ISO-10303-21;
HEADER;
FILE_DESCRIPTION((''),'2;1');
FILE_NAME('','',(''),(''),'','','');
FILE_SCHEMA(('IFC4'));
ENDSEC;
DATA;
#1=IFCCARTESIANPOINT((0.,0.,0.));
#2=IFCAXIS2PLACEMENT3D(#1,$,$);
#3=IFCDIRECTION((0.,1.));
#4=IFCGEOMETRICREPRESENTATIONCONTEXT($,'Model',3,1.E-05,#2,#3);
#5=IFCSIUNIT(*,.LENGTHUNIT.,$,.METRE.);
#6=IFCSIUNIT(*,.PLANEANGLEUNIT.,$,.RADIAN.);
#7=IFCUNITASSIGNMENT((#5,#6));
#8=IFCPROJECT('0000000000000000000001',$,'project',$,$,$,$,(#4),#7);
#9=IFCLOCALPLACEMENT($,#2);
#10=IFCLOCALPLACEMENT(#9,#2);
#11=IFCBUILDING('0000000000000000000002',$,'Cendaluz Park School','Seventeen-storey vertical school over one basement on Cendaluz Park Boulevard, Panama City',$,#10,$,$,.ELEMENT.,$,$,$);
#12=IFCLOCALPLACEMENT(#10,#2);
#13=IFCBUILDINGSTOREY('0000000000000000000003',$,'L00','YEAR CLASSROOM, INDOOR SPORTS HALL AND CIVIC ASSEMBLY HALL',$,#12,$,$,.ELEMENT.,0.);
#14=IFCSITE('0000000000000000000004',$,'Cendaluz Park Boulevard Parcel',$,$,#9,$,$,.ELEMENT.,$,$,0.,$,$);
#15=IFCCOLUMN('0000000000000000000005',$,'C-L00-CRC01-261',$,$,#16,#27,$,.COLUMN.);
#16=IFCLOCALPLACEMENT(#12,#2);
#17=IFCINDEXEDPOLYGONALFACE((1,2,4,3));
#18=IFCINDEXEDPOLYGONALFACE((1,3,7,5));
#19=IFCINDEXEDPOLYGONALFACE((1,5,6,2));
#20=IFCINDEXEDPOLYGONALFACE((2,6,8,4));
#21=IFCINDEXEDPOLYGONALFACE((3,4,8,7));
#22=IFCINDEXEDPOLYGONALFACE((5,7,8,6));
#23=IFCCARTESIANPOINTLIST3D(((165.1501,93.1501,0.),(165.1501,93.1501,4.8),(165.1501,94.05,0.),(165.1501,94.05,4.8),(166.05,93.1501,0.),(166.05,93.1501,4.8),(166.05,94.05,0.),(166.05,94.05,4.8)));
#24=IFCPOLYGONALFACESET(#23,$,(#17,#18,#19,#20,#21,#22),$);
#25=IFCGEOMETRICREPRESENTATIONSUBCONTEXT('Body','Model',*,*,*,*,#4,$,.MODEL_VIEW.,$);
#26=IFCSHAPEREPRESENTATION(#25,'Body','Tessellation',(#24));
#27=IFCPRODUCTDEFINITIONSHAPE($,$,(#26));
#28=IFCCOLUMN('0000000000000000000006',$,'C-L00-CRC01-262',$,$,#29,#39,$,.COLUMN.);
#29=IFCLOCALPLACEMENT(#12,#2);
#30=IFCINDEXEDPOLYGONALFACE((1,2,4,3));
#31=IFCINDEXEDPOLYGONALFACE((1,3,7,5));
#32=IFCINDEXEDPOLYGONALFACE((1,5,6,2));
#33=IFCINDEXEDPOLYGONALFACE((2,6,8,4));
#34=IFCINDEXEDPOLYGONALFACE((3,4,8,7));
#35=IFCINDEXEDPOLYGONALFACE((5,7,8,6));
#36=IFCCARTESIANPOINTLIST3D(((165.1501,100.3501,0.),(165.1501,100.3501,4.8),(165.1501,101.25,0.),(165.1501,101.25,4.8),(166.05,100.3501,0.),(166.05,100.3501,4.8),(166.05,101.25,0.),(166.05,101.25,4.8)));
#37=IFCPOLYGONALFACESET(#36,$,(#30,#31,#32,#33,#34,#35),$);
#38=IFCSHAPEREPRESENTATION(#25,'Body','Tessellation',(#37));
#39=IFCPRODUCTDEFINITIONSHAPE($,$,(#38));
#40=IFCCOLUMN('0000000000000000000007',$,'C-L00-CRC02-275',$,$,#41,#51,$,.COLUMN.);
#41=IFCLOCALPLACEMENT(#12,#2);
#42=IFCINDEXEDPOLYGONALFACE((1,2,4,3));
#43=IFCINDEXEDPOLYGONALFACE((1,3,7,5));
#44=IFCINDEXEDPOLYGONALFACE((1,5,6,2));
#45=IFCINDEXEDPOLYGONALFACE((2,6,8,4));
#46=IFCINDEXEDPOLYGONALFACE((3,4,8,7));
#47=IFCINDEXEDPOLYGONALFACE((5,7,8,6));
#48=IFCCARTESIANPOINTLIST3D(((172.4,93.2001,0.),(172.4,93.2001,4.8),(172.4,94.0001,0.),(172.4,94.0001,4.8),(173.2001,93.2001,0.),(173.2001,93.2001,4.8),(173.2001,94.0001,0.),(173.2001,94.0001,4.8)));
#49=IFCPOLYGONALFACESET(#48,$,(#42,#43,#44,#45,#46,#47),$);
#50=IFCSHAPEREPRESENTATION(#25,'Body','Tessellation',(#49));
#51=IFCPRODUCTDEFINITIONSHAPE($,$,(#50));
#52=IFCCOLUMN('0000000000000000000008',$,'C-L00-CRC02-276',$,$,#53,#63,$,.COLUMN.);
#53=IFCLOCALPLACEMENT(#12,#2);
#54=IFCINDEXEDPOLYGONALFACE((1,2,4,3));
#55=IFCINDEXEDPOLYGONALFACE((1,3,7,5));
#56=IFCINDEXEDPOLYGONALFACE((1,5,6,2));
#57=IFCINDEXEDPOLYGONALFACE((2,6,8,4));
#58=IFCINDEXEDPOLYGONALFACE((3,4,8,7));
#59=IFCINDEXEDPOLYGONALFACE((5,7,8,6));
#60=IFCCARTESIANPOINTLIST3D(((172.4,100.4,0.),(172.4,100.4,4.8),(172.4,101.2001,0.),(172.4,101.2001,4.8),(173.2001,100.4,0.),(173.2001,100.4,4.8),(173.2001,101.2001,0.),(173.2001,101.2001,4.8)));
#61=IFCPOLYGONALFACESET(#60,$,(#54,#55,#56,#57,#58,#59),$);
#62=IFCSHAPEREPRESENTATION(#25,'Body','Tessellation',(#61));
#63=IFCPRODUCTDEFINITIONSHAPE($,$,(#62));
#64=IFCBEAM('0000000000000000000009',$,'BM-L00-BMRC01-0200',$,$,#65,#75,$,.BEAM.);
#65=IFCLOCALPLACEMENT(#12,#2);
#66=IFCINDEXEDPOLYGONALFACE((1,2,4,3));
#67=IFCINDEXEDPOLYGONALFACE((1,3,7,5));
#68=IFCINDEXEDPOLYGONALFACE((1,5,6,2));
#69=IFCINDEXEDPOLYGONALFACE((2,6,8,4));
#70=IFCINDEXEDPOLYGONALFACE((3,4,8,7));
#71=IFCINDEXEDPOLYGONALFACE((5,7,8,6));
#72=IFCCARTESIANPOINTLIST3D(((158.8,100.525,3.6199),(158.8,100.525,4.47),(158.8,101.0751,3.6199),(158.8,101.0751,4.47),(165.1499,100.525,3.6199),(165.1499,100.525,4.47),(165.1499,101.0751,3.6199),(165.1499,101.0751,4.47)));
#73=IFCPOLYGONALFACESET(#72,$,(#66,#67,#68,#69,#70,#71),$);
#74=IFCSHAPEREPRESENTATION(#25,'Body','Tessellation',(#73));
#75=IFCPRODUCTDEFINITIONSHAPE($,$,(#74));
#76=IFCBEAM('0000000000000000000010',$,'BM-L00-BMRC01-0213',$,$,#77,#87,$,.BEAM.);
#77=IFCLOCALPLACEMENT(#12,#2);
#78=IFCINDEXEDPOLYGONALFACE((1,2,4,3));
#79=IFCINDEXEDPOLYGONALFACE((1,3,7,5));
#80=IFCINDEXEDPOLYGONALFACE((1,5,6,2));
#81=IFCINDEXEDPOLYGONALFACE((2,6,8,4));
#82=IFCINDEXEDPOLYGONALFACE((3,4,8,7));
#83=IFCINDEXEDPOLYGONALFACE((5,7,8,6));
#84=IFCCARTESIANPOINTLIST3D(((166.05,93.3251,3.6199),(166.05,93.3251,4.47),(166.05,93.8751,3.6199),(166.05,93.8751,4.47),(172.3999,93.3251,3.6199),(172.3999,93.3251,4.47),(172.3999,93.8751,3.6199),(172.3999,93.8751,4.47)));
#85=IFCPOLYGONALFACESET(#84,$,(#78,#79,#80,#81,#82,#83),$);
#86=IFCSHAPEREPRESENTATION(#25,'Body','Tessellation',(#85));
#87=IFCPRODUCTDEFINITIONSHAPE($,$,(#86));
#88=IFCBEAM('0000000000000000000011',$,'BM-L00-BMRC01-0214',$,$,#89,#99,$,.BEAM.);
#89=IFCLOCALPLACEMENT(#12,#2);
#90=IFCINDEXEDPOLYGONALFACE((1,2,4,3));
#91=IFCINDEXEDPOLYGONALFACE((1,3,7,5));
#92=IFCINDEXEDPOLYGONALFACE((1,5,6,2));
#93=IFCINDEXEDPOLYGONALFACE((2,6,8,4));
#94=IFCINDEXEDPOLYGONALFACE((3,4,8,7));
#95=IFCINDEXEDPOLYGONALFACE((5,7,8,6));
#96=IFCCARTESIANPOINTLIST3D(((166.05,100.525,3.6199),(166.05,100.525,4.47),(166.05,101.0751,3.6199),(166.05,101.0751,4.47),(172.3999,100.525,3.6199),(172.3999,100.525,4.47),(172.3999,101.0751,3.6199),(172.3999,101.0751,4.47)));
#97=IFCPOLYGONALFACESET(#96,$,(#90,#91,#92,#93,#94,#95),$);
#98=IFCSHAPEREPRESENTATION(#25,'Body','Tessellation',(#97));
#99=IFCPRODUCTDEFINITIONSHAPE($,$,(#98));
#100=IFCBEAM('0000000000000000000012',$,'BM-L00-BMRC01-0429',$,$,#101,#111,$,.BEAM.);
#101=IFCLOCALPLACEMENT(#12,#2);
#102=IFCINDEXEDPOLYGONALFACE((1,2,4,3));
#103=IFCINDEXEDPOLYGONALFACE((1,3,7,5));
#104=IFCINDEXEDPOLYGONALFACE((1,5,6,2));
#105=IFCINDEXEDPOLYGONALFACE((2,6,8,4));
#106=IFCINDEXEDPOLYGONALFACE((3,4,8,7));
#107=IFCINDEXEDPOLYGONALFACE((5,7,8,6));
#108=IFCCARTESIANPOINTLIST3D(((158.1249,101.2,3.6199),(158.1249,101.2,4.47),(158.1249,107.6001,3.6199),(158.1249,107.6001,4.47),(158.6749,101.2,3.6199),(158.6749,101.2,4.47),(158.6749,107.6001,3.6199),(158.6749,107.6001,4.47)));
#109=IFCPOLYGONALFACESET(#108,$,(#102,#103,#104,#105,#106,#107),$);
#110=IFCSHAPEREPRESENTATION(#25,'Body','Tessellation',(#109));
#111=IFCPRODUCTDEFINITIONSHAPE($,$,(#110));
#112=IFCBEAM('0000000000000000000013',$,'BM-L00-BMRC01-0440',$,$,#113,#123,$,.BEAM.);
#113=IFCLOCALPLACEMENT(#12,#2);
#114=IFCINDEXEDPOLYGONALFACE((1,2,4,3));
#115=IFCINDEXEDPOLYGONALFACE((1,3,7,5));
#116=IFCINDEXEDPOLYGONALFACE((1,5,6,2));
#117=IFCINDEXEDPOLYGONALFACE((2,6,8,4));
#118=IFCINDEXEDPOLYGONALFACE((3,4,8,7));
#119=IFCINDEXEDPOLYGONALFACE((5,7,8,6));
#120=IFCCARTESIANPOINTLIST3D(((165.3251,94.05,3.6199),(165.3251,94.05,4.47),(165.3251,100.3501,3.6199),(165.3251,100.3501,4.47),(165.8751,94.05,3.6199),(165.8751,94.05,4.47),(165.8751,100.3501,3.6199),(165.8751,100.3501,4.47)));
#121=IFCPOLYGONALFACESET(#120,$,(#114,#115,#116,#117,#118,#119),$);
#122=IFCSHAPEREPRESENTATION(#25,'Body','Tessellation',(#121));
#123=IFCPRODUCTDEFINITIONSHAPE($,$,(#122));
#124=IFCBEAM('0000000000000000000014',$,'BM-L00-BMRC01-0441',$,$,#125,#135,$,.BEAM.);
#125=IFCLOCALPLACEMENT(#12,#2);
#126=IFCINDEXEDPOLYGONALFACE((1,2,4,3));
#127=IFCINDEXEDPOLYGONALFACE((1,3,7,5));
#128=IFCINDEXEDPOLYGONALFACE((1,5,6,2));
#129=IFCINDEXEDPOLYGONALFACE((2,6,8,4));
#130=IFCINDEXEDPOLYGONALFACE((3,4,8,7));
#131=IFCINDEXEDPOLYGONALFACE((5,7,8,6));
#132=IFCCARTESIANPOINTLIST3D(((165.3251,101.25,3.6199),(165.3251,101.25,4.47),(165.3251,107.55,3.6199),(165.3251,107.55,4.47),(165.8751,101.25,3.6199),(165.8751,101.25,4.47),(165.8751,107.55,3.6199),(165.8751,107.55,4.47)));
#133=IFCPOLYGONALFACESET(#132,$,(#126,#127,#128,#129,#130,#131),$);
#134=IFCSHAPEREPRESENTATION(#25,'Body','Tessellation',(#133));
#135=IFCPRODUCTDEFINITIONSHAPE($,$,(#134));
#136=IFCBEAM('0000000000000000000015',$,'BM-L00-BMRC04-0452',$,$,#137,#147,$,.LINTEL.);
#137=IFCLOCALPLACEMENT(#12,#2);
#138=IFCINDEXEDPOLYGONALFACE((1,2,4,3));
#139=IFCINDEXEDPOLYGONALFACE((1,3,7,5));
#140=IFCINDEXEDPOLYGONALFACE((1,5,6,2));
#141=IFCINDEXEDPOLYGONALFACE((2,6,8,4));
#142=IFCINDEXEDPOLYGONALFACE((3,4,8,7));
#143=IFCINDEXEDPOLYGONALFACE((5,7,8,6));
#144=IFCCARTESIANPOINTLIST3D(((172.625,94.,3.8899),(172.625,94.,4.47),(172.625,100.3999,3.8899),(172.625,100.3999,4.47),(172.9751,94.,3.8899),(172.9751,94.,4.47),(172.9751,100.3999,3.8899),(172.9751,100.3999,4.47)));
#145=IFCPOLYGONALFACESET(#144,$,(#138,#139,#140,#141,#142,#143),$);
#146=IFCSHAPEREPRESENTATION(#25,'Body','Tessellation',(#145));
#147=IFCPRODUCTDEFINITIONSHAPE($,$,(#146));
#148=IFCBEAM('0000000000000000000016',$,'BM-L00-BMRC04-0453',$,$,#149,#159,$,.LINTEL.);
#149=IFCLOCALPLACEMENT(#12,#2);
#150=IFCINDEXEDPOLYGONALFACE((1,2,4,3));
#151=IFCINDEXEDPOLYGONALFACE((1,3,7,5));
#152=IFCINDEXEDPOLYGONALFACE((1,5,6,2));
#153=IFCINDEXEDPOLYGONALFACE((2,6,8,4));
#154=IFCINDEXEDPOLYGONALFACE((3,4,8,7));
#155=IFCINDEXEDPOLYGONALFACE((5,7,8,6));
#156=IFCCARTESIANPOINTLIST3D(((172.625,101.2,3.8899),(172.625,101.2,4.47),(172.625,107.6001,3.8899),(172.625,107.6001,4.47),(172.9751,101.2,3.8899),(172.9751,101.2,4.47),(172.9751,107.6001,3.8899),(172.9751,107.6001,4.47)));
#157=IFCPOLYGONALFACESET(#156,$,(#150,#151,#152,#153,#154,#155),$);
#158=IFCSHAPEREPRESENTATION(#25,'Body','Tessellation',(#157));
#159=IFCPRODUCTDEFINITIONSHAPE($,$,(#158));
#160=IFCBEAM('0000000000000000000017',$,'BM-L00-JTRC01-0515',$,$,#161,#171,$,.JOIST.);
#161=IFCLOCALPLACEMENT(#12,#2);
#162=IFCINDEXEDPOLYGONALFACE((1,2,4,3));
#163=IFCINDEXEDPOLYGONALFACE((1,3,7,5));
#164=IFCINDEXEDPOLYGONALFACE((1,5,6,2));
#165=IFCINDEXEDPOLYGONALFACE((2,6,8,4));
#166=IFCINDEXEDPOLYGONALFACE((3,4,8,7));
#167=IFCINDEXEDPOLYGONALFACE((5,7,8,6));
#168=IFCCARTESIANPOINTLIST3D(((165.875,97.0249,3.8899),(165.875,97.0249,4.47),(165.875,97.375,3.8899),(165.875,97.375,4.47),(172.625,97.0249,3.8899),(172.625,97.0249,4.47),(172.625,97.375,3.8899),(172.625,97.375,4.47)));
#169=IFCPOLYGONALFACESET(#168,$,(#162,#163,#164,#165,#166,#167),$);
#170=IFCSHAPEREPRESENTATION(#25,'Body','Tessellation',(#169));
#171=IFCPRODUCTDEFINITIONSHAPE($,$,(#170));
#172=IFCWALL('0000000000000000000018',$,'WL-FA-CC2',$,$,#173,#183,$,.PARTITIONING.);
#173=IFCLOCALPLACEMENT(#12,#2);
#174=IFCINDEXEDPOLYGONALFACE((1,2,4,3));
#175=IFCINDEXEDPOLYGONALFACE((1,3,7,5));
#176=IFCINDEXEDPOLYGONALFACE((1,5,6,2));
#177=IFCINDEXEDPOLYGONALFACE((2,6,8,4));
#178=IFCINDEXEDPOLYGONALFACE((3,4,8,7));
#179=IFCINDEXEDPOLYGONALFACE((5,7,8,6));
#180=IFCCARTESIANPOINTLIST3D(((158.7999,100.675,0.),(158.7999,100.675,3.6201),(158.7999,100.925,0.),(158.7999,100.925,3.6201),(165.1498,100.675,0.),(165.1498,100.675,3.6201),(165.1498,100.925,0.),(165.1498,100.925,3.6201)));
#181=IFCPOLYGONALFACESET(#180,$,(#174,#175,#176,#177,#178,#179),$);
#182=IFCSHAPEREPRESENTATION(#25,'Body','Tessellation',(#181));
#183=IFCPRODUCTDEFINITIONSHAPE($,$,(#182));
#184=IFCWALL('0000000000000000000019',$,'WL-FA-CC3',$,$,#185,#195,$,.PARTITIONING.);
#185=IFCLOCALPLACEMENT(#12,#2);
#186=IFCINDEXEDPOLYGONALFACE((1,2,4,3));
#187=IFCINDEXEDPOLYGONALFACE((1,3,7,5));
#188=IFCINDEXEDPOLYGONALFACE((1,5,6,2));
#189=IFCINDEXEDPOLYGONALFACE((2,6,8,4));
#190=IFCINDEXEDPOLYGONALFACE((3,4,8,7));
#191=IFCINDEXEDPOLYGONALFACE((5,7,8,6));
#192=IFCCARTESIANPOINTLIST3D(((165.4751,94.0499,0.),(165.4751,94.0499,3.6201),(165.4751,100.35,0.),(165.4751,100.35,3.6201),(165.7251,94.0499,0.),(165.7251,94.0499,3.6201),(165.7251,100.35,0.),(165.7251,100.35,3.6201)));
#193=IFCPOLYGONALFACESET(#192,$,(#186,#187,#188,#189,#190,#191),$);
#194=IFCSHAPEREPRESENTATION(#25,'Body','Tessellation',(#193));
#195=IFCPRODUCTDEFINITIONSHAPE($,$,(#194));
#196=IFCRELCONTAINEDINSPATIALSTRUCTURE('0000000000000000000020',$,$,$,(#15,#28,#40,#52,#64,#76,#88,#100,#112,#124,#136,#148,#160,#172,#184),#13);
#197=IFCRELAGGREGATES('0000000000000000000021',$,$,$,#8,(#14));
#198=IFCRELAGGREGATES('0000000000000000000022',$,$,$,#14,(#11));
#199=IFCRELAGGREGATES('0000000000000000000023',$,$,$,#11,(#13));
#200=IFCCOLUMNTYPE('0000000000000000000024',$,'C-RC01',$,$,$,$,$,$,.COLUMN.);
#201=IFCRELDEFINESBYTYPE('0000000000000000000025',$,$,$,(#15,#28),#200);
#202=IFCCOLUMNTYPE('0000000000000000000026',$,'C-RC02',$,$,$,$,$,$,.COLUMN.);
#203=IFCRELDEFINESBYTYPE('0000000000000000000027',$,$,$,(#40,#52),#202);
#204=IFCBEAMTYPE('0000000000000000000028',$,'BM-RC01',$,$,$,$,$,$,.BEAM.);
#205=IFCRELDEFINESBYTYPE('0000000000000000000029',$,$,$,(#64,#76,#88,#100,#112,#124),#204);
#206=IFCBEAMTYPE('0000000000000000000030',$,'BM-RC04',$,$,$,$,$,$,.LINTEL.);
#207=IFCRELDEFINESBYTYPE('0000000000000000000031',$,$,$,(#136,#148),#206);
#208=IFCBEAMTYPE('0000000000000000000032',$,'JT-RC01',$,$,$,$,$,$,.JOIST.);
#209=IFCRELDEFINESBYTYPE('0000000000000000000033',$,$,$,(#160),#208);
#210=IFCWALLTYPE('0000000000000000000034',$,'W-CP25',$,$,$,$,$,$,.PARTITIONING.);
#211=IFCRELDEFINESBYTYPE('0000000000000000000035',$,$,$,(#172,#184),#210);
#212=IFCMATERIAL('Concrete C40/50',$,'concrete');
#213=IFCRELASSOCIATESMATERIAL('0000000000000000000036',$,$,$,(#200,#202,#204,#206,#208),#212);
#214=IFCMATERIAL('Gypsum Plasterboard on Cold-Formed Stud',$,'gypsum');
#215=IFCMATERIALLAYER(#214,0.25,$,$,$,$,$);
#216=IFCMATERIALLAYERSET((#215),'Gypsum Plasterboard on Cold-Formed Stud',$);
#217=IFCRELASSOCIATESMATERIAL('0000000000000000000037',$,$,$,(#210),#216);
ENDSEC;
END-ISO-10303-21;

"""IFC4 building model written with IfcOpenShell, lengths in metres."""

from ifc_helpers import new_model, si_unit, direction, frame, frame_2d, origin, origin_2d, place, context, subcontext, project, spatial, rectangle, extrude, material, layer, layer_set, material_profile, profile_set, type_object, element, save


model = new_model("IFC4")

# Units and contexts
model_context = context("Model", 3, precision=1e-05, world=origin(), true_north=direction((0.0, 1.0)))
body_context = subcontext(model_context, "Body", "Model", "MODEL_VIEW")
ifc_project = project(units=[si_unit("LENGTHUNIT", "METRE"), si_unit("PLANEANGLEUNIT", "RADIAN")], contexts=[model_context])

# Site, building, storey
site_placement = place(None, origin())
site = spatial("IfcSite", under=ifc_project, at=site_placement, Name="Cendaluz Park Boulevard Parcel", CompositionType="ELEMENT", RefElevation=0.0)
building_placement = place(site_placement, origin())
building = spatial("IfcBuilding", under=site, at=building_placement, Name="Cendaluz Park School", Description="Seventeen-storey vertical school over one basement on Cendaluz Park Boulevard, Panama City", CompositionType="ELEMENT")
storey_placement = place(building_placement, origin())
storey = spatial("IfcBuildingStorey", under=building, at=storey_placement, Name="L00", Description="YEAR CLASSROOM, INDOOR SPORTS HALL AND CIVIC ASSEMBLY HALL", CompositionType="ELEMENT", Elevation=0.0)

# Columns
ifc_material_1 = material(Name="Concrete C40/50", Category="concrete")
ifc_material_profile_1 = material_profile(ifc_material_1, rectangle(XDim=0.8999, YDim=0.8999, at=origin_2d()), Name="RC 900x900", Category="concrete")
ifc_profile_set_1 = profile_set([ifc_material_profile_1], Name="Concrete C40/50")
column_type_1 = type_object("IfcColumnType", Name="C-RC01", PredefinedType="COLUMN", material=ifc_profile_set_1)
for number, where, z_axis, x_axis, name in (
    (1, (165.6001, 93.6001, 0.0), (0.0, 0.0, 1.0), (1.0, 0.0, 0.0), "C-L00-CRC01-261"),
    (2, (165.6001, 100.8, 0.0), (0.0, 0.0, 1.0), (1.0, 0.0, 0.0), "C-L00-CRC01-262"),
):
    element("IfcColumn", number, at=place(storey_placement, frame(where, z_axis=z_axis, x_axis=x_axis)), inside=storey, type_object=column_type_1, Name=name, PredefinedType="COLUMN", context=body_context, shape_type="SweptSolid", body=[
        extrude(rectangle(XDim=0.8999, YDim=0.8999, at=origin_2d()), origin(), (0.0, 0.0, 1.0), 4.8),
    ])
ifc_material_profile_2 = material_profile(ifc_material_1, rectangle(XDim=0.8, YDim=0.8, at=origin_2d()), Name="RC 800x800", Category="concrete")
ifc_profile_set_2 = profile_set([ifc_material_profile_2], Name="Concrete C40/50")
column_type_2 = type_object("IfcColumnType", Name="C-RC02", PredefinedType="COLUMN", material=ifc_profile_set_2)
for number, where, z_axis, x_axis, name in (
    (3, (172.8, 93.6001, 0.0), (0.0, 0.0, 1.0), (1.0, 0.0, 0.0), "C-L00-CRC02-275"),
    (4, (172.8, 100.8, 0.0), (0.0, 0.0, 1.0), (1.0, 0.0, 0.0), "C-L00-CRC02-276"),
):
    element("IfcColumn", number, at=place(storey_placement, frame(where, z_axis=z_axis, x_axis=x_axis)), inside=storey, type_object=column_type_2, Name=name, PredefinedType="COLUMN", context=body_context, shape_type="SweptSolid", body=[
        extrude(rectangle(XDim=0.8, YDim=0.8, at=origin_2d()), origin(), (0.0, 0.0, 1.0), 4.8),
    ])

# Beams
ifc_material_profile_3 = material_profile(ifc_material_1, rectangle(XDim=0.55, YDim=0.8501, at=origin_2d()), Name="RC 550x850", Category="concrete")
ifc_profile_set_3 = profile_set([ifc_material_profile_3], Name="Concrete C40/50")
beam_type_1 = type_object("IfcBeamType", Name="BM-RC01", PredefinedType="BEAM", material=ifc_profile_set_3)
for number, where, z_axis, x_axis, name in (
    (5, (158.8, 100.8, 4.0449), (1.0, 0.0, 0.0), (0.0, 1.0, 0.0), "BM-L00-BMRC01-0200"),
    (6, (166.05, 93.6001, 4.0449), (1.0, 0.0, 0.0), (0.0, 1.0, 0.0), "BM-L00-BMRC01-0213"),
    (7, (166.05, 100.8, 4.0449), (1.0, 0.0, 0.0), (0.0, 1.0, 0.0), "BM-L00-BMRC01-0214"),
):
    element("IfcBeam", number, at=place(storey_placement, frame(where, z_axis=z_axis, x_axis=x_axis)), inside=storey, type_object=beam_type_1, Name=name, PredefinedType="BEAM", context=body_context, shape_type="SweptSolid", body=[
        extrude(rectangle(XDim=0.55, YDim=0.8501, at=origin_2d()), origin(), (0.0, 0.0, 1.0), 6.3499),
    ])
beam_1_placement = place(storey_placement, frame((158.3999, 101.2, 4.0449), z_axis=(0.0, 1.0, 0.0), x_axis=(-1.0, 0.0, 0.0)))
element("IfcBeam", 8, at=beam_1_placement, inside=storey, type_object=beam_type_1, Name="BM-L00-BMRC01-0429", PredefinedType="BEAM", context=body_context, shape_type="SweptSolid", body=[
    extrude(rectangle(XDim=0.55, YDim=0.8501, at=origin_2d()), origin(), (0.0, 0.0, 1.0), 6.4001),
])
for number, where, z_axis, x_axis, name in (
    (9, (165.6001, 94.05, 4.0449), (0.0, 1.0, 0.0), (-1.0, 0.0, 0.0), "BM-L00-BMRC01-0440"),
    (10, (165.6001, 101.25, 4.0449), (0.0, 1.0, 0.0), (-1.0, 0.0, 0.0), "BM-L00-BMRC01-0441"),
):
    element("IfcBeam", number, at=place(storey_placement, frame(where, z_axis=z_axis, x_axis=x_axis)), inside=storey, type_object=beam_type_1, Name=name, PredefinedType="BEAM", context=body_context, shape_type="SweptSolid", body=[
        extrude(rectangle(XDim=0.55, YDim=0.8501, at=origin_2d()), origin(), (0.0, 0.0, 1.0), 6.3),
    ])
ifc_material_profile_4 = material_profile(ifc_material_1, rectangle(XDim=0.3501, YDim=0.5801, at=origin_2d()), Name="RC 350x580", Category="concrete")
ifc_profile_set_4 = profile_set([ifc_material_profile_4], Name="Concrete C40/50")
beam_type_2 = type_object("IfcBeamType", Name="BM-RC04", PredefinedType="LINTEL", material=ifc_profile_set_4)
beam_2_placement = place(storey_placement, frame((172.8, 94.0, 4.1799), z_axis=(0.0, 1.0, 0.0), x_axis=(-1.0, 0.0, 0.0)))
element("IfcBeam", 11, at=beam_2_placement, inside=storey, type_object=beam_type_2, Name="BM-L00-BMRC04-0452", PredefinedType="LINTEL", context=body_context, shape_type="SweptSolid", body=[
    extrude(rectangle(XDim=0.3501, YDim=0.5801, at=origin_2d()), origin(), (0.0, 0.0, 1.0), 6.3999),
])
beam_3_placement = place(storey_placement, frame((172.8, 101.2, 4.1799), z_axis=(0.0, 1.0, 0.0), x_axis=(-1.0, 0.0, 0.0)))
element("IfcBeam", 12, at=beam_3_placement, inside=storey, type_object=beam_type_2, Name="BM-L00-BMRC04-0453", PredefinedType="LINTEL", context=body_context, shape_type="SweptSolid", body=[
    extrude(rectangle(XDim=0.3501, YDim=0.5801, at=origin_2d()), origin(), (0.0, 0.0, 1.0), 6.4001),
])
ifc_material_profile_5 = material_profile(ifc_material_1, rectangle(XDim=0.3501, YDim=0.5801, at=origin_2d()), Name="RC 350x580", Category="concrete")
ifc_profile_set_5 = profile_set([ifc_material_profile_5], Name="Concrete C40/50")
beam_type_3 = type_object("IfcBeamType", Name="JT-RC01", PredefinedType="JOIST", material=ifc_profile_set_5)
beam_4_placement = place(storey_placement, frame((165.875, 97.2, 4.1799), z_axis=(1.0, 0.0, 0.0), x_axis=(0.0, 1.0, 0.0)))
element("IfcBeam", 13, at=beam_4_placement, inside=storey, type_object=beam_type_3, Name="BM-L00-JTRC01-0515", PredefinedType="JOIST", context=body_context, shape_type="SweptSolid", body=[
    extrude(rectangle(XDim=0.3501, YDim=0.5801, at=origin_2d()), origin(), (0.0, 0.0, 1.0), 6.75),
])

# Walls
ifc_material_2 = material(Name="Gypsum Plasterboard on Cold-Formed Stud", Category="gypsum")
ifc_layer_1 = layer(ifc_material_2, 0.25)
ifc_layer_set_1 = layer_set([ifc_layer_1], Name="Gypsum Plasterboard on Cold-Formed Stud")
wall_type_1 = type_object("IfcWallType", Name="W-CP25", PredefinedType="PARTITIONING", material=ifc_layer_set_1)
wall_1_placement = place(storey_placement, frame((158.8, 100.8, 0.0), z_axis=(0.0, 0.0, 1.0), x_axis=(1.0, 0.0, 0.0)))
element("IfcWall", 14, at=wall_1_placement, inside=storey, type_object=wall_type_1, Name="WL-FA-CC2", PredefinedType="PARTITIONING", context=body_context, shape_type="SweptSolid", body=[
    extrude(rectangle(XDim=6.3499, YDim=0.25, at=frame_2d((3.1748, 0.0))), origin(), (0.0, 0.0, 1.0), 3.6201),
])
wall_2_placement = place(storey_placement, frame((165.6001, 94.05, 0.0), z_axis=(0.0, 0.0, 1.0), x_axis=(0.0, 1.0, 0.0)))
element("IfcWall", 15, at=wall_2_placement, inside=storey, type_object=wall_type_1, Name="WL-FA-CC3", PredefinedType="PARTITIONING", context=body_context, shape_type="SweptSolid", body=[
    extrude(rectangle(XDim=6.3, YDim=0.25, at=frame_2d((3.1499, 0.0))), origin(), (0.0, 0.0, 1.0), 3.6201),
])

save(model, "model.ifc")
